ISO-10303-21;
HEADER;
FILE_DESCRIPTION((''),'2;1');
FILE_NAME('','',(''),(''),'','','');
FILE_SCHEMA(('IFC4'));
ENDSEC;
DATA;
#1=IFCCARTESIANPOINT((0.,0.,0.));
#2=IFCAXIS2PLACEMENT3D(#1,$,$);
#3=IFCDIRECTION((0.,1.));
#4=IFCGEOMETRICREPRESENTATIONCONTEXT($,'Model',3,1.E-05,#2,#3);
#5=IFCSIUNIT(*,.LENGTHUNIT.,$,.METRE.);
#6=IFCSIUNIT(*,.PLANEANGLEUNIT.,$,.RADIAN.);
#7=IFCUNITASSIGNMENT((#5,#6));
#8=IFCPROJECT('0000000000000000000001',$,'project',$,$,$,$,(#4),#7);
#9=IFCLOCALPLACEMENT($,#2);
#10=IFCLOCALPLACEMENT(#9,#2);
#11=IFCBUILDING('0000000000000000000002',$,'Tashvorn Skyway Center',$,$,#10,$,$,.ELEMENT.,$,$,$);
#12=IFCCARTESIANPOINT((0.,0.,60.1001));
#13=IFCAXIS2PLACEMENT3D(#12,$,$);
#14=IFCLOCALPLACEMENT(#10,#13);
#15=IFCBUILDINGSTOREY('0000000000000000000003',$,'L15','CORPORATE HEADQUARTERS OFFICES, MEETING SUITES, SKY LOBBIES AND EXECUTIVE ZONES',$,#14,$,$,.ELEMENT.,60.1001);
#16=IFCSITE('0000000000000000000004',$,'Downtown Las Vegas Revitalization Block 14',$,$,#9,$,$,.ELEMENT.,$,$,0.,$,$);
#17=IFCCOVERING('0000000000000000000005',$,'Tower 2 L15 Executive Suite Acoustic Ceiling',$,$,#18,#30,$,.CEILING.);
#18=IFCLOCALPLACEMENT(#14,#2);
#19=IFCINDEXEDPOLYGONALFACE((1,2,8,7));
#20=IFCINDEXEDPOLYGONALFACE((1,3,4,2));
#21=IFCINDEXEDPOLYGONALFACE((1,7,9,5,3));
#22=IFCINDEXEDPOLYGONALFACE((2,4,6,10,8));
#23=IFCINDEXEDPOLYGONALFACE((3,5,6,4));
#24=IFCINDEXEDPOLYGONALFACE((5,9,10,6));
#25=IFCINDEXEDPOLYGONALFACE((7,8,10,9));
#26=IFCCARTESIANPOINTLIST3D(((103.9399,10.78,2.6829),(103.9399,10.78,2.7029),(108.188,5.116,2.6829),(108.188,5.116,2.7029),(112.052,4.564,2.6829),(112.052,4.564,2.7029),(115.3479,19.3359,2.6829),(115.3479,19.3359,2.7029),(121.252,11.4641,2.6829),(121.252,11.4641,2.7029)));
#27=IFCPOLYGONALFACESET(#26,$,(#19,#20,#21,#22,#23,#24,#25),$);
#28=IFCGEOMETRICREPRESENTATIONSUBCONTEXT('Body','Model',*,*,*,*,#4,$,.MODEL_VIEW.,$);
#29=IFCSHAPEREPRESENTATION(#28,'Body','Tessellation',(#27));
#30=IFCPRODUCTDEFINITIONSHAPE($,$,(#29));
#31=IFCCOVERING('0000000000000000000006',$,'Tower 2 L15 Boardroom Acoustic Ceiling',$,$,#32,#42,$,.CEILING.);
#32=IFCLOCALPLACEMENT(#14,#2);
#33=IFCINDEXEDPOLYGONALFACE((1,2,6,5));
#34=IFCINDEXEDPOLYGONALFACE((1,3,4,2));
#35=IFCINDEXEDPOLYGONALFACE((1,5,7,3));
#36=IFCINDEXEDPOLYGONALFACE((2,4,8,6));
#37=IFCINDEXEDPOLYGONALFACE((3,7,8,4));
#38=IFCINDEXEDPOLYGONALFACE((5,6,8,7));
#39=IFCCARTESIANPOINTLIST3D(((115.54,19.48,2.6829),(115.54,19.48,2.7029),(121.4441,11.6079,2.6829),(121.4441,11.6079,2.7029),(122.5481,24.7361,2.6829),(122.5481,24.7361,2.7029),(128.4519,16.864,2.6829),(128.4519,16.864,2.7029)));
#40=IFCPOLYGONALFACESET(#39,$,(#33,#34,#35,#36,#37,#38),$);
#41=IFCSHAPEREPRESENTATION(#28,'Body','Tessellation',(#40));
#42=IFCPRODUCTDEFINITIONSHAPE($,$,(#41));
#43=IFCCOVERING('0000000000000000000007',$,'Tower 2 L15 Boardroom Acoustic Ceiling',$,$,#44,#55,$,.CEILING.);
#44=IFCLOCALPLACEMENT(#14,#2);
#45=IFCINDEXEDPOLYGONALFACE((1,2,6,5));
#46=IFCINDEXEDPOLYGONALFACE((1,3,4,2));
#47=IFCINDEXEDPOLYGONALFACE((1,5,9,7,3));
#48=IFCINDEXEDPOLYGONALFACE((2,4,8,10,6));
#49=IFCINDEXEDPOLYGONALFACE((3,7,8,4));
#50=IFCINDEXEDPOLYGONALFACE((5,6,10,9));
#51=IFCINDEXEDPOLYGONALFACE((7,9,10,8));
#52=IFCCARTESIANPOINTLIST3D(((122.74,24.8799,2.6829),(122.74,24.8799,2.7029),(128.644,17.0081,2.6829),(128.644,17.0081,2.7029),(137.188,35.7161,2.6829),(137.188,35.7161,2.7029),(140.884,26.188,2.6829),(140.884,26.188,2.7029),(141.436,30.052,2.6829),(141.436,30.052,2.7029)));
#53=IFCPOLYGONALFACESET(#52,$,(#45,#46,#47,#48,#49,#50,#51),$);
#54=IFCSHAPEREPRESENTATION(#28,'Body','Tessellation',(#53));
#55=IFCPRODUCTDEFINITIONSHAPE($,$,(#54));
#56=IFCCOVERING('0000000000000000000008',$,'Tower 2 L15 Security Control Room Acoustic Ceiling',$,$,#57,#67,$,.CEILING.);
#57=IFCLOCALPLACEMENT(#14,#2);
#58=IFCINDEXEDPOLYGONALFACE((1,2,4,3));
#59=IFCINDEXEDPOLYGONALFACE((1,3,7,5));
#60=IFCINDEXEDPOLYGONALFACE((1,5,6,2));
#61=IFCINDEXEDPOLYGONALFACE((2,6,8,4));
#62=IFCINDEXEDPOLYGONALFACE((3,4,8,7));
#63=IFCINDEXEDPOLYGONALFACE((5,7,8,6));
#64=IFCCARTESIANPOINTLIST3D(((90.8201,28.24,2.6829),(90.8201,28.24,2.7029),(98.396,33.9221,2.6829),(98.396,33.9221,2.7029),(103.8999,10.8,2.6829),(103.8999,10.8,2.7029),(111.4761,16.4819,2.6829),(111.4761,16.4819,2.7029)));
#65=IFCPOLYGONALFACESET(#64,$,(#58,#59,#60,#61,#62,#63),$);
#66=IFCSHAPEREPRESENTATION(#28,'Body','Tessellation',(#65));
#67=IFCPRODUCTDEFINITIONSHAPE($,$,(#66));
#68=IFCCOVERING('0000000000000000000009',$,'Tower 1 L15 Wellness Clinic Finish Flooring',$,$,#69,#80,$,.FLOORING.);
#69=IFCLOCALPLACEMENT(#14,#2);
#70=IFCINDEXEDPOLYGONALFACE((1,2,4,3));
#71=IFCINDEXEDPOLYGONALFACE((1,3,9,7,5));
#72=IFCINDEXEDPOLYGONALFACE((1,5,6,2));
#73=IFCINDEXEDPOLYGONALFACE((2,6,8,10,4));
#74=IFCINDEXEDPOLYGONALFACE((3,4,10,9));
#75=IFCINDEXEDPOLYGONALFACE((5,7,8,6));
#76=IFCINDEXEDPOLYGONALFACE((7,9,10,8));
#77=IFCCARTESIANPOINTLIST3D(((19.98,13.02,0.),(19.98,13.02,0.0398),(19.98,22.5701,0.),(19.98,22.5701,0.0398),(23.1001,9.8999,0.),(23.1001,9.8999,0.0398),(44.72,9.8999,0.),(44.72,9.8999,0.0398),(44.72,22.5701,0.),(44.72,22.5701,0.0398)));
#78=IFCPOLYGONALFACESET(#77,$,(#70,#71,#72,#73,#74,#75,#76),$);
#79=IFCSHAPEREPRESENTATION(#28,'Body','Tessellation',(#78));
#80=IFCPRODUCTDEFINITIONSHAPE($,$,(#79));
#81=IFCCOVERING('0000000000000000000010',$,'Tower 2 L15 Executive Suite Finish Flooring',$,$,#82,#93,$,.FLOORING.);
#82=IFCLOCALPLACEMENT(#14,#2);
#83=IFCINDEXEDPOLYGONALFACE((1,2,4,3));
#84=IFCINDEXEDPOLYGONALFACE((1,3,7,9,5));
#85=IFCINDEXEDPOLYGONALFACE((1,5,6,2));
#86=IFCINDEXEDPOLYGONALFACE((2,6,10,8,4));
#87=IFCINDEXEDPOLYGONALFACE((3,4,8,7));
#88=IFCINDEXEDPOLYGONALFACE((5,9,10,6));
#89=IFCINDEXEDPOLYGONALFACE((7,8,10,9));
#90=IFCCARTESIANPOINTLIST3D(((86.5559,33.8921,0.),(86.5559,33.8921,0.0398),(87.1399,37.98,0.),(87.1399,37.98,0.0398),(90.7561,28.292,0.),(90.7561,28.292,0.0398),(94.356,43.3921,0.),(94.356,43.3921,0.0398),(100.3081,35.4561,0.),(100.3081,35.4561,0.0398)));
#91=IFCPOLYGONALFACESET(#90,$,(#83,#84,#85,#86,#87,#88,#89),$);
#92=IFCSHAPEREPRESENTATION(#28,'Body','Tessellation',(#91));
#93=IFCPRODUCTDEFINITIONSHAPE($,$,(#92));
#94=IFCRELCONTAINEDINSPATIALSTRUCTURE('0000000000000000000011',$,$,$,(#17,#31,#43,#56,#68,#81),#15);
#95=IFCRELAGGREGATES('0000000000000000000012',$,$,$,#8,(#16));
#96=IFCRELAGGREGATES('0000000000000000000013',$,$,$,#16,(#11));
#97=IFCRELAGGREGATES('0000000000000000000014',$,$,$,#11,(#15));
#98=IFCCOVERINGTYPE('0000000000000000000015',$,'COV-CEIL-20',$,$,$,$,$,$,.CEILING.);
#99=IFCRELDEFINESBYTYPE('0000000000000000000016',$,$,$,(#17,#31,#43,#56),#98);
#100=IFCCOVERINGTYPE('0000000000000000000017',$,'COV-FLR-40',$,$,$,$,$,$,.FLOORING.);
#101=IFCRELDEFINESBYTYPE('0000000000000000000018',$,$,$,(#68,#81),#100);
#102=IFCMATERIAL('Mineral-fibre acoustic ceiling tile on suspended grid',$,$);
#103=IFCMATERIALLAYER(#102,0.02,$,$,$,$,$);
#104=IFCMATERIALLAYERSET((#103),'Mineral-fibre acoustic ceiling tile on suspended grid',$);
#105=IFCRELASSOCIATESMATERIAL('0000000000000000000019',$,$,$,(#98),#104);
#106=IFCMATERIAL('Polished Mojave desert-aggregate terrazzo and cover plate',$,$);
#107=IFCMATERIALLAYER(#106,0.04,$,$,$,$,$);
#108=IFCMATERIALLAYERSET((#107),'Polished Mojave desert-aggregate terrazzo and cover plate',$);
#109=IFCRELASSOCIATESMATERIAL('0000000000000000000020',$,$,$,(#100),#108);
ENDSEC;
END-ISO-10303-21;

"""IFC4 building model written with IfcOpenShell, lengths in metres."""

from ifc_helpers import new_model, si_unit, direction, frame, origin, place, context, subcontext, project, spatial, polyline, outline, extrude, material, layer, layer_set, type_object, element, save


model = new_model("IFC4")

# Units and contexts
model_context = context("Model", 3, precision=1e-05, world=origin(), true_north=direction((0.0, 1.0)))
body_context = subcontext(model_context, "Body", "Model", "MODEL_VIEW")
ifc_project = project(units=[si_unit("LENGTHUNIT", "METRE"), si_unit("PLANEANGLEUNIT", "RADIAN")], contexts=[model_context])

# Site, building, storey
site_placement = place(None, origin())
site = spatial("IfcSite", under=ifc_project, at=site_placement, Name="Downtown Las Vegas Revitalization Block 14", CompositionType="ELEMENT", RefElevation=0.0)
building_placement = place(site_placement, origin())
building = spatial("IfcBuilding", under=site, at=building_placement, Name="Tashvorn Skyway Center", CompositionType="ELEMENT")
storey_placement = place(building_placement, frame((0.0, 0.0, 60.1001)))
storey = spatial("IfcBuildingStorey", under=building, at=storey_placement, Name="L15", Description="CORPORATE HEADQUARTERS OFFICES, MEETING SUITES, SKY LOBBIES AND EXECUTIVE ZONES", CompositionType="ELEMENT", Elevation=60.1001)

# Coverings
ifc_material_1 = material(Name="Mineral-fibre acoustic ceiling tile on suspended grid")
ifc_layer_1 = layer(ifc_material_1, 0.02)
ifc_layer_set_1 = layer_set([ifc_layer_1], Name="Mineral-fibre acoustic ceiling tile on suspended grid")
covering_type_1 = type_object("IfcCoveringType", Name="COV-CEIL-20", PredefinedType="CEILING", material=ifc_layer_set_1)
covering_1_placement = place(storey_placement, frame((0.0, 0.0, 2.6829)))
element("IfcCovering", 1, at=covering_1_placement, inside=storey, type_object=covering_type_1, Name="Tower 2 L15 Executive Suite Acoustic Ceiling", PredefinedType="CEILING", context=body_context, shape_type="SweptSolid", body=[
    extrude(outline(polyline([(103.9399, 10.78), (115.3479, 19.3359), (121.252, 11.4641), (112.052, 4.564), (108.188, 5.116), (103.9399, 10.78)])), origin(), (0.0, 0.0, 1.0), 0.02),
])
covering_2_placement = place(storey_placement, frame((0.0, 0.0, 2.6829)))
element("IfcCovering", 2, at=covering_2_placement, inside=storey, type_object=covering_type_1, Name="Tower 2 L15 Boardroom Acoustic Ceiling", PredefinedType="CEILING", context=body_context, shape_type="SweptSolid", body=[
    extrude(outline(polyline([(115.54, 19.48), (122.5481, 24.7361), (128.4519, 16.864), (121.4441, 11.6079), (115.54, 19.48)])), origin(), (0.0, 0.0, 1.0), 0.02),
])
covering_3_placement = place(storey_placement, frame((0.0, 0.0, 2.6829)))
element("IfcCovering", 3, at=covering_3_placement, inside=storey, type_object=covering_type_1, Name="Tower 2 L15 Boardroom Acoustic Ceiling", PredefinedType="CEILING", context=body_context, shape_type="SweptSolid", body=[
    extrude(outline(polyline([(128.644, 17.0081), (122.74, 24.8799), (137.188, 35.7161), (141.436, 30.052), (140.884, 26.188), (128.644, 17.0081)])), origin(), (0.0, 0.0, 1.0), 0.02),
])
covering_4_placement = place(storey_placement, frame((0.0, 0.0, 2.6829)))
element("IfcCovering", 4, at=covering_4_placement, inside=storey, type_object=covering_type_1, Name="Tower 2 L15 Security Control Room Acoustic Ceiling", PredefinedType="CEILING", context=body_context, shape_type="SweptSolid", body=[
    extrude(outline(polyline([(103.8999, 10.8), (111.4761, 16.4819), (98.396, 33.9221), (90.8201, 28.24), (103.8999, 10.8)])), origin(), (0.0, 0.0, 1.0), 0.02),
])
ifc_material_2 = material(Name="Polished Mojave desert-aggregate terrazzo and cover plate")
ifc_layer_2 = layer(ifc_material_2, 0.04)
ifc_layer_set_2 = layer_set([ifc_layer_2], Name="Polished Mojave desert-aggregate terrazzo and cover plate")
covering_type_2 = type_object("IfcCoveringType", Name="COV-FLR-40", PredefinedType="FLOORING", material=ifc_layer_set_2)
covering_5_placement = place(storey_placement, origin())
element("IfcCovering", 5, at=covering_5_placement, inside=storey, type_object=covering_type_2, Name="Tower 1 L15 Wellness Clinic Finish Flooring", PredefinedType="FLOORING", context=body_context, shape_type="SweptSolid", body=[
    extrude(outline(polyline([(23.1001, 9.8999), (19.98, 13.02), (19.98, 22.5701), (44.72, 22.5701), (44.72, 9.8999), (23.1001, 9.8999)])), origin(), (0.0, 0.0, 1.0), 0.0398),
])
covering_6_placement = place(storey_placement, origin())
element("IfcCovering", 6, at=covering_6_placement, inside=storey, type_object=covering_type_2, Name="Tower 2 L15 Executive Suite Finish Flooring", PredefinedType="FLOORING", context=body_context, shape_type="SweptSolid", body=[
    extrude(outline(polyline([(100.3081, 35.4561), (90.7561, 28.292), (86.5559, 33.8921), (87.1399, 37.98), (94.356, 43.3921), (100.3081, 35.4561)])), origin(), (0.0, 0.0, 1.0), 0.0398),
])

save(model, "model.ifc")
